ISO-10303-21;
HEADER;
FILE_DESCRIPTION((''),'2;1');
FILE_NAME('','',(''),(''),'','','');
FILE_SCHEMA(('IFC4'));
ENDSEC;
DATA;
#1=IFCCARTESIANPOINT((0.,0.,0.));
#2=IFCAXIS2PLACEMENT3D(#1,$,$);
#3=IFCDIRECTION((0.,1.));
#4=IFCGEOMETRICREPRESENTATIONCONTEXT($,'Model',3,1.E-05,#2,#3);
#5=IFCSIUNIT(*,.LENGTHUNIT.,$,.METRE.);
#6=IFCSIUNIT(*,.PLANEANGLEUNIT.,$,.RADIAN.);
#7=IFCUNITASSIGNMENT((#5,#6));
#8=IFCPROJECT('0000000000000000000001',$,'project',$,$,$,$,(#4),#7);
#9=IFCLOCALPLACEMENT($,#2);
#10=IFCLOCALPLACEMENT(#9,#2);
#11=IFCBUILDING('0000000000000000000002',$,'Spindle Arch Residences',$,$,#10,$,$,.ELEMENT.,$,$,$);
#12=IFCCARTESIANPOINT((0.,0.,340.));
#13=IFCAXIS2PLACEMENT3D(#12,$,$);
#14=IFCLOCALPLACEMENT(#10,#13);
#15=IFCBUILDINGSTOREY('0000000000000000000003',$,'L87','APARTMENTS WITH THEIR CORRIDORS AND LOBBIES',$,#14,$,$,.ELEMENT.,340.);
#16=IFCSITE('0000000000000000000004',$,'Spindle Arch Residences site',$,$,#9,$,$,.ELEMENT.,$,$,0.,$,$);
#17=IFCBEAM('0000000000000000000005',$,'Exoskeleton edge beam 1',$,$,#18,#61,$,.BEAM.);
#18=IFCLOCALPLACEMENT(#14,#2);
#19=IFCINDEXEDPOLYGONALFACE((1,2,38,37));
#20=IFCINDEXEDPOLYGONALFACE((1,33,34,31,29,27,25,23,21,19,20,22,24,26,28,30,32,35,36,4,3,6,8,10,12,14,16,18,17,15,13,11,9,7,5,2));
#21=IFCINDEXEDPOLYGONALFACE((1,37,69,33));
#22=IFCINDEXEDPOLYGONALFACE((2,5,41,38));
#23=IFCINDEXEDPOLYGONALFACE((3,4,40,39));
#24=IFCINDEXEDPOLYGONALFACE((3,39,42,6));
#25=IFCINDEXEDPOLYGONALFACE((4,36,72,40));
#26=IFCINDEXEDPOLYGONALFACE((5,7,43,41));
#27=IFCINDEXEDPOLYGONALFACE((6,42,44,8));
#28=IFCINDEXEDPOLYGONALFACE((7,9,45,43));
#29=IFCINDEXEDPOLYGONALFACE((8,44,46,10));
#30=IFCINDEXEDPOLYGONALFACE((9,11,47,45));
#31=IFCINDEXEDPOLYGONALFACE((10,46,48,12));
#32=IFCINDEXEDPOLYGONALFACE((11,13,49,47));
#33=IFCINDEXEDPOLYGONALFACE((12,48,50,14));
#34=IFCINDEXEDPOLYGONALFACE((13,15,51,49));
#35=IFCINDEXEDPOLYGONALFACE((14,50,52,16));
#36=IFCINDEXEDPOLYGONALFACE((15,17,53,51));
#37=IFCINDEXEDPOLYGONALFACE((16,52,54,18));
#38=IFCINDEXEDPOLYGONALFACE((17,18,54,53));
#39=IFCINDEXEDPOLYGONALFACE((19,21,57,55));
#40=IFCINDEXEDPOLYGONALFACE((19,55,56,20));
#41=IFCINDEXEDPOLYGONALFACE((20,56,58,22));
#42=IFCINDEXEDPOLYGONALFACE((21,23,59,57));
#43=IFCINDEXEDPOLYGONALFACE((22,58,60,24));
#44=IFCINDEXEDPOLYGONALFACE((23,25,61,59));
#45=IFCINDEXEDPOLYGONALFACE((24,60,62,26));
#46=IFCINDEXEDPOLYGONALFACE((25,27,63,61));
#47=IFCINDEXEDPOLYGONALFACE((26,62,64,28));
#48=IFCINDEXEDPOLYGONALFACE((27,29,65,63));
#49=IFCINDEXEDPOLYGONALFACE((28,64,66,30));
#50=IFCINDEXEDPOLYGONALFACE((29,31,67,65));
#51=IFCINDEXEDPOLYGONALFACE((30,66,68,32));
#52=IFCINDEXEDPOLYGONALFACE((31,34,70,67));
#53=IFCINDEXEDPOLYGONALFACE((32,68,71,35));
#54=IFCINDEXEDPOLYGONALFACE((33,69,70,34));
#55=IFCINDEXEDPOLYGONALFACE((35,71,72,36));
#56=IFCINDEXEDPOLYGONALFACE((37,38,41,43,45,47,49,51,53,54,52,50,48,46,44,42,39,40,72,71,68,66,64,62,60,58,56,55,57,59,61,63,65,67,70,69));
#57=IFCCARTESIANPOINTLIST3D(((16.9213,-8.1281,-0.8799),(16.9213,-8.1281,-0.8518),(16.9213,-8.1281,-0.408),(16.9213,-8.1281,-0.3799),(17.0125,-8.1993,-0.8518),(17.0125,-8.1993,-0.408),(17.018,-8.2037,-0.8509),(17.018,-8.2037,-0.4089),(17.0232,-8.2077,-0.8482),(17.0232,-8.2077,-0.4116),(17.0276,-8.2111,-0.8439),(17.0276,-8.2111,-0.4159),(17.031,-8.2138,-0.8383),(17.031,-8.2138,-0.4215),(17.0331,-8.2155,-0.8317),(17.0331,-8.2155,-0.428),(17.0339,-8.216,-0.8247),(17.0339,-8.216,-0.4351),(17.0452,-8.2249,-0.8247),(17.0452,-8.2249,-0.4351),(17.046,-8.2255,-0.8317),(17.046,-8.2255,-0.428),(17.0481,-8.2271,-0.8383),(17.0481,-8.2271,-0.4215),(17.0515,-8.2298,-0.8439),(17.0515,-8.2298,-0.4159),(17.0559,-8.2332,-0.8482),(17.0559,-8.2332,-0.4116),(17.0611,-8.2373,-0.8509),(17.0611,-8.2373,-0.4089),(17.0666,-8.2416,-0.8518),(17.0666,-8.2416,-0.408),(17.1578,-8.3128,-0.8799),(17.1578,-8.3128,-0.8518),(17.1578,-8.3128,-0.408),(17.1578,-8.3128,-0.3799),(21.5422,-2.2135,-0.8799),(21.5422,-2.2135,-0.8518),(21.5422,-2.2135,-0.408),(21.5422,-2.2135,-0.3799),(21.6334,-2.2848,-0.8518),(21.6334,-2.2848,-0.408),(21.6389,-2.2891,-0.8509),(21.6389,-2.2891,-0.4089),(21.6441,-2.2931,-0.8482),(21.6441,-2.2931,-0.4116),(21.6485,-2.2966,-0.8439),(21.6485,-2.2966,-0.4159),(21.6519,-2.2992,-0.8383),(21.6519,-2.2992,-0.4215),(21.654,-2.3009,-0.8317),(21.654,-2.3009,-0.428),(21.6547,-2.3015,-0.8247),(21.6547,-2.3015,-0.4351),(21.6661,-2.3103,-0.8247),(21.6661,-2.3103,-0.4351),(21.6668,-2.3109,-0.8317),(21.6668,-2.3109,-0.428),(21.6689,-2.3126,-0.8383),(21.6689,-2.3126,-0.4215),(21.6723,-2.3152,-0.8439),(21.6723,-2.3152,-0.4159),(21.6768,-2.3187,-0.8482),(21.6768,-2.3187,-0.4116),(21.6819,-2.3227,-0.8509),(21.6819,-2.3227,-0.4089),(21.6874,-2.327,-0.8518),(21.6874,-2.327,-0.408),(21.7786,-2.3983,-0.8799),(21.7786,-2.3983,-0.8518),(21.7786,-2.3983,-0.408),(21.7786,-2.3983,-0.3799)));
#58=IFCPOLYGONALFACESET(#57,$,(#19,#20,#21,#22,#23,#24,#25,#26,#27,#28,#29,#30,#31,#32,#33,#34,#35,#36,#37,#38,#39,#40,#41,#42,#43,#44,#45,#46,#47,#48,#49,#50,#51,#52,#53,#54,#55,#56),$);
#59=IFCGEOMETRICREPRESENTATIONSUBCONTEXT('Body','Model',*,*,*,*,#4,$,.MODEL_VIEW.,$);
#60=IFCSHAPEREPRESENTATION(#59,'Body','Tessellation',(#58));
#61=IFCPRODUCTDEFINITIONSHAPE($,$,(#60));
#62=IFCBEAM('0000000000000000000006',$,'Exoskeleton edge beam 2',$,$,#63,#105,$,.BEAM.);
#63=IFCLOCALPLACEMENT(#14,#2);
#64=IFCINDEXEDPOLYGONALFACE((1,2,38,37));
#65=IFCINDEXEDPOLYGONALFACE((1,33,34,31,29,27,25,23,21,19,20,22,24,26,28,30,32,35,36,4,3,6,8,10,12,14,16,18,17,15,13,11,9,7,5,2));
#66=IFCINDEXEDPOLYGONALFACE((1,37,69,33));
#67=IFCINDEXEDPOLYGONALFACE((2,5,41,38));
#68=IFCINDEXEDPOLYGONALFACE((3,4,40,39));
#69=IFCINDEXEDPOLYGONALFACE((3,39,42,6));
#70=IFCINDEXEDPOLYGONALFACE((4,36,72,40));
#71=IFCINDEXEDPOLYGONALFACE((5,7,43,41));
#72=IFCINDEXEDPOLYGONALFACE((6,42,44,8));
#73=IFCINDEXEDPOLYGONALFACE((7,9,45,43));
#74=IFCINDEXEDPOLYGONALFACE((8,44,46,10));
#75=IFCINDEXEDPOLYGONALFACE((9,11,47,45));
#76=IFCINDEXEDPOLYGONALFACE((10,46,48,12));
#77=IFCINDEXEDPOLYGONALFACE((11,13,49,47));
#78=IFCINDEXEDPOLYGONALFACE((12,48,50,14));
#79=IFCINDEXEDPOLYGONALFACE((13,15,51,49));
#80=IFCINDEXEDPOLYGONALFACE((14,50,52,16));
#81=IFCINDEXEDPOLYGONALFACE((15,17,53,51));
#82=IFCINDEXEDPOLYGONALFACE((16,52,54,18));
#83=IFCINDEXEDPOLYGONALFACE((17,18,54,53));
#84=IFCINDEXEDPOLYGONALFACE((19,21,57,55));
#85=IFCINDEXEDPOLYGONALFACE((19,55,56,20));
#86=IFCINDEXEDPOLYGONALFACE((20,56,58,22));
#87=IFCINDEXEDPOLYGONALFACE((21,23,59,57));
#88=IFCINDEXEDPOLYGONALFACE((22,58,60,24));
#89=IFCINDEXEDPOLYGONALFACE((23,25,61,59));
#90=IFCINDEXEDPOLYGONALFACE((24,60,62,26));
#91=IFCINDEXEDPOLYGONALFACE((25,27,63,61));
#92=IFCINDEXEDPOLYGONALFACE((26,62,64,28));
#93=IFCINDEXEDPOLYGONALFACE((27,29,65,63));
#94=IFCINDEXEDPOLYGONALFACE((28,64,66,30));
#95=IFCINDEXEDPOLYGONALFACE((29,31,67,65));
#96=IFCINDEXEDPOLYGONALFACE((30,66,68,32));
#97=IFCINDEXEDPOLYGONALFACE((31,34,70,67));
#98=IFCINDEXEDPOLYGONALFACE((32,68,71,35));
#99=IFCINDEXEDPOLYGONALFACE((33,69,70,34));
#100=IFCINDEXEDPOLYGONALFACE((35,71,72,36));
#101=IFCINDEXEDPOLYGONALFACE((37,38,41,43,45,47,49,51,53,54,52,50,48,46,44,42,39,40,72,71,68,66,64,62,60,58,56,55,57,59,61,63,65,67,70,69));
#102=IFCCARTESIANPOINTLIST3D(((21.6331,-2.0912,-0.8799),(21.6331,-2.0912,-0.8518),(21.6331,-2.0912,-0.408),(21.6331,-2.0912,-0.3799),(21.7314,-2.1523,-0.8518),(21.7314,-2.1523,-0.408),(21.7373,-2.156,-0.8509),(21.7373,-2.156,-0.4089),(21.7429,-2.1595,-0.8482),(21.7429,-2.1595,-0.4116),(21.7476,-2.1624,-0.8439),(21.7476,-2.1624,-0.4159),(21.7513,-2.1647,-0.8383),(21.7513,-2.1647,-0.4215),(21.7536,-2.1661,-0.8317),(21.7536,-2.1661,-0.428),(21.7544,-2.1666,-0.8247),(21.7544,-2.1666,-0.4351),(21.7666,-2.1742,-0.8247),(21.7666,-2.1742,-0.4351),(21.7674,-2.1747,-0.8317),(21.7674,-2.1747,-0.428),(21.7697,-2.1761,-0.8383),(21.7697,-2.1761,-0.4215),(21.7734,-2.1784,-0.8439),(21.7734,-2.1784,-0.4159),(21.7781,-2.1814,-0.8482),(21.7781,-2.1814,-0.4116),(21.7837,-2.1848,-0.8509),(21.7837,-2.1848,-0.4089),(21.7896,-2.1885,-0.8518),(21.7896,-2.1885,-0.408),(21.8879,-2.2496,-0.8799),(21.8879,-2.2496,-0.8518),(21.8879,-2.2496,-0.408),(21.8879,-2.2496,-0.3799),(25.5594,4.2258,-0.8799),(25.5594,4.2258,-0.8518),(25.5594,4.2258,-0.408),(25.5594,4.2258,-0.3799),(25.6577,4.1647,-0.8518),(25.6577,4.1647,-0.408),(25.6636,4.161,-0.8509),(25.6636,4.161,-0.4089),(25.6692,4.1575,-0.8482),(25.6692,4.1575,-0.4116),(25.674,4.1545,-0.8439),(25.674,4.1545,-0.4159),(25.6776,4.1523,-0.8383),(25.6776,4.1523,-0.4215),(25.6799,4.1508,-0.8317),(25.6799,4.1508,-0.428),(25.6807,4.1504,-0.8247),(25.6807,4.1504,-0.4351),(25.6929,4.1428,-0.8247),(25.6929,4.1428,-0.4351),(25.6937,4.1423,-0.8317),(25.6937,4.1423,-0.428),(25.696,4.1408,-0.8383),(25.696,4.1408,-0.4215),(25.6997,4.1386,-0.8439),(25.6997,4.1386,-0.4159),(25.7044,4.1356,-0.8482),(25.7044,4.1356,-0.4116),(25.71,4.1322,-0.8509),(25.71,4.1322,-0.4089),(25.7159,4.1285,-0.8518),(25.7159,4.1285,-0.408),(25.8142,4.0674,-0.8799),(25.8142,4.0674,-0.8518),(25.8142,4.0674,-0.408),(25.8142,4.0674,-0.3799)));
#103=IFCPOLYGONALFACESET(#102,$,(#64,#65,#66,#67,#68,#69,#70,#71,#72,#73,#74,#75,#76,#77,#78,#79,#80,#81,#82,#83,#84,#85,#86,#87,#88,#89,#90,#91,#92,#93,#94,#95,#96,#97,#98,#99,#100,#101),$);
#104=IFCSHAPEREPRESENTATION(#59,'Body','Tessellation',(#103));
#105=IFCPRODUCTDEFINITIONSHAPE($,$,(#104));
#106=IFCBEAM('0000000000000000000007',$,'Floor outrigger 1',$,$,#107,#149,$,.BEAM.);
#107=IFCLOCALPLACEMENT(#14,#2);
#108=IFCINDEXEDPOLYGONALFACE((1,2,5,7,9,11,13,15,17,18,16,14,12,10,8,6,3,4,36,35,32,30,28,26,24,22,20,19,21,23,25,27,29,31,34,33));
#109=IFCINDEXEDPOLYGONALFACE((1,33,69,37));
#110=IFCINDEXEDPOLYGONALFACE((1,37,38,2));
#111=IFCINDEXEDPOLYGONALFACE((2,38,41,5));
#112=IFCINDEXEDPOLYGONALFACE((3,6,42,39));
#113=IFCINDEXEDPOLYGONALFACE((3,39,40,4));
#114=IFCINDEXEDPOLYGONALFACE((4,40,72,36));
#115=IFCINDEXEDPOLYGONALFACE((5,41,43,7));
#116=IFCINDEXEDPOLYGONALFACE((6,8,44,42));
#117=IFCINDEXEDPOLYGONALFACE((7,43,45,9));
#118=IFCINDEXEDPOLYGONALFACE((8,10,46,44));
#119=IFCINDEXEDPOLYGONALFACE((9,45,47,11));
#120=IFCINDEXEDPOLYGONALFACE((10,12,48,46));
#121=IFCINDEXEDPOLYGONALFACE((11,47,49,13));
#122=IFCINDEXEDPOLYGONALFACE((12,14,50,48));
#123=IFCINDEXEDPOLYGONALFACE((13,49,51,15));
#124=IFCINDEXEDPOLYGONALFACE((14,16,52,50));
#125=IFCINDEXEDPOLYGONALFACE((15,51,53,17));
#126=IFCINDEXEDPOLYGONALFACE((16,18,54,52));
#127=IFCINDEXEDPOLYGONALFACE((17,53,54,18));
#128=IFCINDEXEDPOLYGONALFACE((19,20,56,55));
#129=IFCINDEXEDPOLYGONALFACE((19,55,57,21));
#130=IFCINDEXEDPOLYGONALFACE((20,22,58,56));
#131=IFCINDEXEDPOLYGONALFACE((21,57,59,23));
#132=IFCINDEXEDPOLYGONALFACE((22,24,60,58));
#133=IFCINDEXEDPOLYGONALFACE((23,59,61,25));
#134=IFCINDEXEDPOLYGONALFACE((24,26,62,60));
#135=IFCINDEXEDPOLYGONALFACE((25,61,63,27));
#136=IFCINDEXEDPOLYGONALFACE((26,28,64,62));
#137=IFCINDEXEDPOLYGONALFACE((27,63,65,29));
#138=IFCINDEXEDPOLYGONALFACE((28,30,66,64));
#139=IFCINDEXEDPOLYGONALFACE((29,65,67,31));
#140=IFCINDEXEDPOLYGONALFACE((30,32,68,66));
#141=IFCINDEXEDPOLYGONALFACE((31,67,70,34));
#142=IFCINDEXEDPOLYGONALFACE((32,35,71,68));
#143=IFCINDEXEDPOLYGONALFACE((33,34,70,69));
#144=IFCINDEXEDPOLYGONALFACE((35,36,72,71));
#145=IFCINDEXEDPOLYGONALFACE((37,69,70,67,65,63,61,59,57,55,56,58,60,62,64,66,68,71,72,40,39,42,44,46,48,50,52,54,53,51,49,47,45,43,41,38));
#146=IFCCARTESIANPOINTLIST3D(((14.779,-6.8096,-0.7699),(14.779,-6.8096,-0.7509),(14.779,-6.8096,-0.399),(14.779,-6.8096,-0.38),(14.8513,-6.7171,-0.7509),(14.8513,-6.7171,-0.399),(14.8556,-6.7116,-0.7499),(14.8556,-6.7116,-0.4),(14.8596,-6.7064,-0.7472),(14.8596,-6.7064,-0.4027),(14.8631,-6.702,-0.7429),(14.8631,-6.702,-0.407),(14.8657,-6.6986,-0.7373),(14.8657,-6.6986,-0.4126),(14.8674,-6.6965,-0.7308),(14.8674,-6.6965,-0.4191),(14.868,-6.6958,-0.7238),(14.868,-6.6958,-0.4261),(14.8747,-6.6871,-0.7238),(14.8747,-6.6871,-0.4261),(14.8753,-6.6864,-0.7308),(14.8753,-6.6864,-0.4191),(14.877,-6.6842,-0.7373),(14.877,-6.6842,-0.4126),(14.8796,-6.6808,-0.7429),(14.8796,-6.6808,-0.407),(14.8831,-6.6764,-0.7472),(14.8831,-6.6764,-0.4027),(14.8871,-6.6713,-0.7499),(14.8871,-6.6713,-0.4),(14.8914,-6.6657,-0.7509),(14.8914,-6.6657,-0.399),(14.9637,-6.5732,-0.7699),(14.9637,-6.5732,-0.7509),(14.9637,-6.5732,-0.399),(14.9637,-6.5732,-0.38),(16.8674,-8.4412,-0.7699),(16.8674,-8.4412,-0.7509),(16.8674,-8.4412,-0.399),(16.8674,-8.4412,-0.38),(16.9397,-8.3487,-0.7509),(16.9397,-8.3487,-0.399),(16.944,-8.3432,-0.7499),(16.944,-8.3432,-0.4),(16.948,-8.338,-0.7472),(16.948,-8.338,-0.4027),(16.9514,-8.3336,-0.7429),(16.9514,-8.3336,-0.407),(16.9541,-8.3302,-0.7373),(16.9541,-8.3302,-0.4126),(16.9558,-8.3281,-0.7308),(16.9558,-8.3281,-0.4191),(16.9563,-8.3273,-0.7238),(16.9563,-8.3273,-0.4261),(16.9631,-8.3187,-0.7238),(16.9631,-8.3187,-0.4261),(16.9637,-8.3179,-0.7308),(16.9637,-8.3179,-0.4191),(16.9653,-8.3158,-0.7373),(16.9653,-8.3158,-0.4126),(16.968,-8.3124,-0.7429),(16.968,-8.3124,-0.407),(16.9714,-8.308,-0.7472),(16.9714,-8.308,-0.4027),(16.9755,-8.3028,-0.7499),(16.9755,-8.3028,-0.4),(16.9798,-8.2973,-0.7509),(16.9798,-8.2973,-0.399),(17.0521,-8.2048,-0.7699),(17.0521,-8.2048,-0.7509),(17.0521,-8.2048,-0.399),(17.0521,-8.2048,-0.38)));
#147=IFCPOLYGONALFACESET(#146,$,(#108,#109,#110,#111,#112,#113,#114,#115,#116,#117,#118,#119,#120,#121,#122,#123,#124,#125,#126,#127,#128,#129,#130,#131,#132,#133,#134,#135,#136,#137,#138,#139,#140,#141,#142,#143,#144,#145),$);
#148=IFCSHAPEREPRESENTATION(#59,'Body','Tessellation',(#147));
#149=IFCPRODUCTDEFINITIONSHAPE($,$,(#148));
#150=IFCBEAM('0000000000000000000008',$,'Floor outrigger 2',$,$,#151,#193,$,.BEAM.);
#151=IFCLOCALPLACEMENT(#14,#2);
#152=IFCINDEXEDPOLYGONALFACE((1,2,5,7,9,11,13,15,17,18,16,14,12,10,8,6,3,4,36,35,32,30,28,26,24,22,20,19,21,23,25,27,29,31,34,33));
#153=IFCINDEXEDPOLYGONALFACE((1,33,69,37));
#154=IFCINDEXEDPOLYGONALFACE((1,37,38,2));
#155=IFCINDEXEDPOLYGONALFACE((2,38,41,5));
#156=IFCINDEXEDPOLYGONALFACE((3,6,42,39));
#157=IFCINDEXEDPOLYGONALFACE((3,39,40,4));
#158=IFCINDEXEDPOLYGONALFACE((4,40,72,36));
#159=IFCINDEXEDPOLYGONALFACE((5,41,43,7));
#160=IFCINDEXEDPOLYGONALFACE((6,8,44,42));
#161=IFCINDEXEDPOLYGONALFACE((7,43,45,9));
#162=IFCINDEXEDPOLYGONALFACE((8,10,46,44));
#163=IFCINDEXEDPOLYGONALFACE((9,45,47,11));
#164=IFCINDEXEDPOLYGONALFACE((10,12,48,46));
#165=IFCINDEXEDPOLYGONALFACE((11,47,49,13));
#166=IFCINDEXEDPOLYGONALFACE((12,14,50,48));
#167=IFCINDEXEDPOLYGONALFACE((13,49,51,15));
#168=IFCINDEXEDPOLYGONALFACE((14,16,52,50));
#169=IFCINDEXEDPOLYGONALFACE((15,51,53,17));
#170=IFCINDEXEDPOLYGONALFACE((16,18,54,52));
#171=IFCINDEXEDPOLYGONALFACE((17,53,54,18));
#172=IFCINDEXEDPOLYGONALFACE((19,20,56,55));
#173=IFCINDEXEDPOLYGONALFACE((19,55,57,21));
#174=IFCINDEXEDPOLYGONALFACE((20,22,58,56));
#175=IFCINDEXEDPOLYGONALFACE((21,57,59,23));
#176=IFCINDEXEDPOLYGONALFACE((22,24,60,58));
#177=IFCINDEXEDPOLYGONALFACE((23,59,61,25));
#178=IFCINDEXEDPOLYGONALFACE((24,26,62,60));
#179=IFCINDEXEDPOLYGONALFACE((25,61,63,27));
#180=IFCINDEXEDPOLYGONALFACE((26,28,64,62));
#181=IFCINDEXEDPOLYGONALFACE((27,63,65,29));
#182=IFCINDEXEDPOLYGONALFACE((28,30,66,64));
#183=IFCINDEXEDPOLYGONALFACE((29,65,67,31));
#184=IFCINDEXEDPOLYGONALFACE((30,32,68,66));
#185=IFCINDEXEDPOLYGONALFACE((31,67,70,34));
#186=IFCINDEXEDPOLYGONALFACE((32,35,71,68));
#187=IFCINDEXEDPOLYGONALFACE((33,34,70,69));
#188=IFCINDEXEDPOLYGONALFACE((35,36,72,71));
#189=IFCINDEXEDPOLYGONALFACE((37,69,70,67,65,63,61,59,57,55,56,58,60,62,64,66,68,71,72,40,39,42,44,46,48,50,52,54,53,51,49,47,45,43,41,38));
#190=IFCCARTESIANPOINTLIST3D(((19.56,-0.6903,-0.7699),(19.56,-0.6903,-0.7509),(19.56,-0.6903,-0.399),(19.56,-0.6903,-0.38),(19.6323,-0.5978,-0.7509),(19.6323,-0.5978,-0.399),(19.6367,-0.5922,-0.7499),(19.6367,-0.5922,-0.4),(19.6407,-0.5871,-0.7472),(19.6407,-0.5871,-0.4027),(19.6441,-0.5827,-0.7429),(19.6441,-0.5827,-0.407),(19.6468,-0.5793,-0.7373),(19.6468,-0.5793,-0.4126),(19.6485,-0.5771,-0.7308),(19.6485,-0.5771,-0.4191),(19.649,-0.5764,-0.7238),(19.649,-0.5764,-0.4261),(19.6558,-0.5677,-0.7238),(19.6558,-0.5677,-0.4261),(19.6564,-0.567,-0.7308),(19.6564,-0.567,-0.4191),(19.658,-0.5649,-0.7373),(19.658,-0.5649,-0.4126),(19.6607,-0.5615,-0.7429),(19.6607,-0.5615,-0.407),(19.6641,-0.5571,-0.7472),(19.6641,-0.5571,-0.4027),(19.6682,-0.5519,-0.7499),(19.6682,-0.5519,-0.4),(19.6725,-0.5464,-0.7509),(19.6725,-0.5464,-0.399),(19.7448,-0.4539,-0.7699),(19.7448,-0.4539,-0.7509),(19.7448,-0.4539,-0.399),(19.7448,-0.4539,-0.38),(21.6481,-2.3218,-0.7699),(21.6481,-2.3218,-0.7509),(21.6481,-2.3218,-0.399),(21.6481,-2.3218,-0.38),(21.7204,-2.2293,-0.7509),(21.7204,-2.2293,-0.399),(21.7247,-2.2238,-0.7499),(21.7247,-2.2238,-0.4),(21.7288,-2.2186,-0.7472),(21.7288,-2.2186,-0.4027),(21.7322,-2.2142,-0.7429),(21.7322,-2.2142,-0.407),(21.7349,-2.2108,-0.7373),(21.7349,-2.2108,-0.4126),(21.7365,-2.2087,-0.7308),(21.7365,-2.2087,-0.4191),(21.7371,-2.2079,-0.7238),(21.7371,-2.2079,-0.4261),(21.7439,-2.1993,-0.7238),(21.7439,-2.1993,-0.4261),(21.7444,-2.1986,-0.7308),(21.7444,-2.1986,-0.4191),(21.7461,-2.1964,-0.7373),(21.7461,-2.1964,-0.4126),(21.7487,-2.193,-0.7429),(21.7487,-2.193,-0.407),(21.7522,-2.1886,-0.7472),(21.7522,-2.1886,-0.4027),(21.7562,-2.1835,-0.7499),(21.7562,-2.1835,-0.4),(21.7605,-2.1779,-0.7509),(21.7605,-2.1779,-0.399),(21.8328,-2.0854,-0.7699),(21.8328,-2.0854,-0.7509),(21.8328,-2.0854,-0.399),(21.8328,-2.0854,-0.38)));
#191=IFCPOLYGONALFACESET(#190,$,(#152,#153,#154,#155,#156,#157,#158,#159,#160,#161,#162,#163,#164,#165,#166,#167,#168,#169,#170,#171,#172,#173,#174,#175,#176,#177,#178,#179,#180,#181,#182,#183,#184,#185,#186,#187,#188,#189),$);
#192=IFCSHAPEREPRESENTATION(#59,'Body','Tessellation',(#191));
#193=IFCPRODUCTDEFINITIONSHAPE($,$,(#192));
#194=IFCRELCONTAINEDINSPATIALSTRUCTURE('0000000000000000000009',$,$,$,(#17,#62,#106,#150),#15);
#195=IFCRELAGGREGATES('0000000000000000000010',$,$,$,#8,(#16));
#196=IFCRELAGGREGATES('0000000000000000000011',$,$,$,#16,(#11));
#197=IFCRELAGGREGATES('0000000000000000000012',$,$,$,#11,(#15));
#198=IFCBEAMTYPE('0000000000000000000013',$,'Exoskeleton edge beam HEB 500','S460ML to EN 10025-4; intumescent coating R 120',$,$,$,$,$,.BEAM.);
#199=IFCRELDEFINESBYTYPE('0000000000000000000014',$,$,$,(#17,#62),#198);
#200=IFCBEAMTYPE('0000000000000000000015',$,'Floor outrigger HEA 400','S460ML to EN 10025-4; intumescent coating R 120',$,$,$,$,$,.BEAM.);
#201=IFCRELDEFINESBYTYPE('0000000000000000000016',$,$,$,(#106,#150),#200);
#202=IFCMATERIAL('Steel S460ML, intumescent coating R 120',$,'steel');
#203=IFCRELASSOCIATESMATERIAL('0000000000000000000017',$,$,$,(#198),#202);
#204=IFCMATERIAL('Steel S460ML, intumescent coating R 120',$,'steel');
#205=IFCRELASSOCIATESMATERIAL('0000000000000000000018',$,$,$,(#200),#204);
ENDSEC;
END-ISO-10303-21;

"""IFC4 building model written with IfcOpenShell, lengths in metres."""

from ifc_helpers import new_model, si_unit, direction, frame, origin, origin_2d, place, context, subcontext, project, spatial, i_section, extrude, material, material_profile, profile_set, type_object, element, save


model = new_model("IFC4")

# Units and contexts
model_context = context("Model", 3, precision=1e-05, world=origin(), true_north=direction((0.0, 1.0)))
body_context = subcontext(model_context, "Body", "Model", "MODEL_VIEW")
ifc_project = project(units=[si_unit("LENGTHUNIT", "METRE"), si_unit("PLANEANGLEUNIT", "RADIAN")], contexts=[model_context])

# Site, building, storey
site_placement = place(None, origin())
site = spatial("IfcSite", under=ifc_project, at=site_placement, Name="Spindle Arch Residences site", CompositionType="ELEMENT", RefElevation=0.0)
building_placement = place(site_placement, origin())
building = spatial("IfcBuilding", under=site, at=building_placement, Name="Spindle Arch Residences", CompositionType="ELEMENT")
storey_placement = place(building_placement, frame((0.0, 0.0, 340.0)))
storey = spatial("IfcBuildingStorey", under=building, at=storey_placement, Name="L87", Description="APARTMENTS WITH THEIR CORRIDORS AND LOBBIES", CompositionType="ELEMENT", Elevation=340.0)

# Beams
ifc_material_1 = material(Name="Steel S460ML, intumescent coating R 120", Category="steel")
ifc_material_profile_1 = material_profile(ifc_material_1, i_section(OverallWidth=0.3, OverallDepth=0.5, WebThickness=0.0144, FlangeThickness=0.0281, FilletRadius=0.0271, at=origin_2d()), Name="HEB 500")
ifc_profile_set_1 = profile_set([ifc_material_profile_1], Name="Steel S460ML, intumescent coating R 120")
beam_type_1 = type_object("IfcBeamType", Name="Exoskeleton edge beam HEB 500", Description="S460ML to EN 10025-4; intumescent coating R 120", PredefinedType="BEAM", material=ifc_profile_set_1)
beam_1_placement = place(storey_placement, frame((17.0396, -8.2205, -0.6299), z_axis=(0.615653, 0.788017, 0.0), x_axis=(-0.788017, 0.615653, 0.0)))
element("IfcBeam", 1, at=beam_1_placement, inside=storey, type_object=beam_type_1, Name="Exoskeleton edge beam 1", PredefinedType="BEAM", context=body_context, shape_type="SweptSolid", body=[
    extrude(i_section(OverallWidth=0.3, OverallDepth=0.5, WebThickness=0.0144, FlangeThickness=0.0281, FilletRadius=0.0271, at=origin_2d()), origin(), (0.0, 0.0, 1.0), 7.5056),
])
beam_2_placement = place(storey_placement, frame((21.7605, -2.1704, -0.6299), z_axis=(0.527891, 0.849312, 0.0), x_axis=(-0.849312, 0.527891, 0.0)))
element("IfcBeam", 2, at=beam_2_placement, inside=storey, type_object=beam_type_1, Name="Exoskeleton edge beam 2", PredefinedType="BEAM", context=body_context, shape_type="SweptSolid", body=[
    extrude(i_section(OverallWidth=0.3, OverallDepth=0.5, WebThickness=0.0144, FlangeThickness=0.0281, FilletRadius=0.0271, at=origin_2d()), origin(), (0.0, 0.0, 1.0), 7.4377),
])
ifc_material_2 = material(Name="Steel S460ML, intumescent coating R 120", Category="steel")
ifc_material_profile_2 = material_profile(ifc_material_2, i_section(OverallWidth=0.3, OverallDepth=0.3899, WebThickness=0.011, FlangeThickness=0.019, FilletRadius=0.0271, at=origin_2d()), Name="HEA 400")
ifc_profile_set_2 = profile_set([ifc_material_profile_2], Name="Steel S460ML, intumescent coating R 120")
beam_type_2 = type_object("IfcBeamType", Name="Floor outrigger HEA 400", Description="S460ML to EN 10025-4; intumescent coating R 120", PredefinedType="BEAM", material=ifc_profile_set_2)
beam_3_placement = place(storey_placement, frame((16.9597, -8.323, -0.575), z_axis=(-0.788016, 0.615655, 0.0), x_axis=(-0.615655, -0.788016, 0.0)))
element("IfcBeam", 3, at=beam_3_placement, inside=storey, type_object=beam_type_2, Name="Floor outrigger 1", PredefinedType="BEAM", context=body_context, shape_type="SweptSolid", body=[
    extrude(i_section(OverallWidth=0.3, OverallDepth=0.3899, WebThickness=0.011, FlangeThickness=0.019, FilletRadius=0.0271, at=origin_2d()), origin(), (0.0, 0.0, 1.0), 2.6501),
])
beam_4_placement = place(storey_placement, frame((21.7405, -2.2036, -0.575), z_axis=(-0.787981, 0.615699, 0.0), x_axis=(-0.615699, -0.787981, 0.0)))
element("IfcBeam", 4, at=beam_4_placement, inside=storey, type_object=beam_type_2, Name="Floor outrigger 2", PredefinedType="BEAM", context=body_context, shape_type="SweptSolid", body=[
    extrude(i_section(OverallWidth=0.3, OverallDepth=0.3899, WebThickness=0.011, FlangeThickness=0.019, FilletRadius=0.0271, at=origin_2d()), origin(), (0.0, 0.0, 1.0), 2.6499),
])

save(model, "model.ifc")
